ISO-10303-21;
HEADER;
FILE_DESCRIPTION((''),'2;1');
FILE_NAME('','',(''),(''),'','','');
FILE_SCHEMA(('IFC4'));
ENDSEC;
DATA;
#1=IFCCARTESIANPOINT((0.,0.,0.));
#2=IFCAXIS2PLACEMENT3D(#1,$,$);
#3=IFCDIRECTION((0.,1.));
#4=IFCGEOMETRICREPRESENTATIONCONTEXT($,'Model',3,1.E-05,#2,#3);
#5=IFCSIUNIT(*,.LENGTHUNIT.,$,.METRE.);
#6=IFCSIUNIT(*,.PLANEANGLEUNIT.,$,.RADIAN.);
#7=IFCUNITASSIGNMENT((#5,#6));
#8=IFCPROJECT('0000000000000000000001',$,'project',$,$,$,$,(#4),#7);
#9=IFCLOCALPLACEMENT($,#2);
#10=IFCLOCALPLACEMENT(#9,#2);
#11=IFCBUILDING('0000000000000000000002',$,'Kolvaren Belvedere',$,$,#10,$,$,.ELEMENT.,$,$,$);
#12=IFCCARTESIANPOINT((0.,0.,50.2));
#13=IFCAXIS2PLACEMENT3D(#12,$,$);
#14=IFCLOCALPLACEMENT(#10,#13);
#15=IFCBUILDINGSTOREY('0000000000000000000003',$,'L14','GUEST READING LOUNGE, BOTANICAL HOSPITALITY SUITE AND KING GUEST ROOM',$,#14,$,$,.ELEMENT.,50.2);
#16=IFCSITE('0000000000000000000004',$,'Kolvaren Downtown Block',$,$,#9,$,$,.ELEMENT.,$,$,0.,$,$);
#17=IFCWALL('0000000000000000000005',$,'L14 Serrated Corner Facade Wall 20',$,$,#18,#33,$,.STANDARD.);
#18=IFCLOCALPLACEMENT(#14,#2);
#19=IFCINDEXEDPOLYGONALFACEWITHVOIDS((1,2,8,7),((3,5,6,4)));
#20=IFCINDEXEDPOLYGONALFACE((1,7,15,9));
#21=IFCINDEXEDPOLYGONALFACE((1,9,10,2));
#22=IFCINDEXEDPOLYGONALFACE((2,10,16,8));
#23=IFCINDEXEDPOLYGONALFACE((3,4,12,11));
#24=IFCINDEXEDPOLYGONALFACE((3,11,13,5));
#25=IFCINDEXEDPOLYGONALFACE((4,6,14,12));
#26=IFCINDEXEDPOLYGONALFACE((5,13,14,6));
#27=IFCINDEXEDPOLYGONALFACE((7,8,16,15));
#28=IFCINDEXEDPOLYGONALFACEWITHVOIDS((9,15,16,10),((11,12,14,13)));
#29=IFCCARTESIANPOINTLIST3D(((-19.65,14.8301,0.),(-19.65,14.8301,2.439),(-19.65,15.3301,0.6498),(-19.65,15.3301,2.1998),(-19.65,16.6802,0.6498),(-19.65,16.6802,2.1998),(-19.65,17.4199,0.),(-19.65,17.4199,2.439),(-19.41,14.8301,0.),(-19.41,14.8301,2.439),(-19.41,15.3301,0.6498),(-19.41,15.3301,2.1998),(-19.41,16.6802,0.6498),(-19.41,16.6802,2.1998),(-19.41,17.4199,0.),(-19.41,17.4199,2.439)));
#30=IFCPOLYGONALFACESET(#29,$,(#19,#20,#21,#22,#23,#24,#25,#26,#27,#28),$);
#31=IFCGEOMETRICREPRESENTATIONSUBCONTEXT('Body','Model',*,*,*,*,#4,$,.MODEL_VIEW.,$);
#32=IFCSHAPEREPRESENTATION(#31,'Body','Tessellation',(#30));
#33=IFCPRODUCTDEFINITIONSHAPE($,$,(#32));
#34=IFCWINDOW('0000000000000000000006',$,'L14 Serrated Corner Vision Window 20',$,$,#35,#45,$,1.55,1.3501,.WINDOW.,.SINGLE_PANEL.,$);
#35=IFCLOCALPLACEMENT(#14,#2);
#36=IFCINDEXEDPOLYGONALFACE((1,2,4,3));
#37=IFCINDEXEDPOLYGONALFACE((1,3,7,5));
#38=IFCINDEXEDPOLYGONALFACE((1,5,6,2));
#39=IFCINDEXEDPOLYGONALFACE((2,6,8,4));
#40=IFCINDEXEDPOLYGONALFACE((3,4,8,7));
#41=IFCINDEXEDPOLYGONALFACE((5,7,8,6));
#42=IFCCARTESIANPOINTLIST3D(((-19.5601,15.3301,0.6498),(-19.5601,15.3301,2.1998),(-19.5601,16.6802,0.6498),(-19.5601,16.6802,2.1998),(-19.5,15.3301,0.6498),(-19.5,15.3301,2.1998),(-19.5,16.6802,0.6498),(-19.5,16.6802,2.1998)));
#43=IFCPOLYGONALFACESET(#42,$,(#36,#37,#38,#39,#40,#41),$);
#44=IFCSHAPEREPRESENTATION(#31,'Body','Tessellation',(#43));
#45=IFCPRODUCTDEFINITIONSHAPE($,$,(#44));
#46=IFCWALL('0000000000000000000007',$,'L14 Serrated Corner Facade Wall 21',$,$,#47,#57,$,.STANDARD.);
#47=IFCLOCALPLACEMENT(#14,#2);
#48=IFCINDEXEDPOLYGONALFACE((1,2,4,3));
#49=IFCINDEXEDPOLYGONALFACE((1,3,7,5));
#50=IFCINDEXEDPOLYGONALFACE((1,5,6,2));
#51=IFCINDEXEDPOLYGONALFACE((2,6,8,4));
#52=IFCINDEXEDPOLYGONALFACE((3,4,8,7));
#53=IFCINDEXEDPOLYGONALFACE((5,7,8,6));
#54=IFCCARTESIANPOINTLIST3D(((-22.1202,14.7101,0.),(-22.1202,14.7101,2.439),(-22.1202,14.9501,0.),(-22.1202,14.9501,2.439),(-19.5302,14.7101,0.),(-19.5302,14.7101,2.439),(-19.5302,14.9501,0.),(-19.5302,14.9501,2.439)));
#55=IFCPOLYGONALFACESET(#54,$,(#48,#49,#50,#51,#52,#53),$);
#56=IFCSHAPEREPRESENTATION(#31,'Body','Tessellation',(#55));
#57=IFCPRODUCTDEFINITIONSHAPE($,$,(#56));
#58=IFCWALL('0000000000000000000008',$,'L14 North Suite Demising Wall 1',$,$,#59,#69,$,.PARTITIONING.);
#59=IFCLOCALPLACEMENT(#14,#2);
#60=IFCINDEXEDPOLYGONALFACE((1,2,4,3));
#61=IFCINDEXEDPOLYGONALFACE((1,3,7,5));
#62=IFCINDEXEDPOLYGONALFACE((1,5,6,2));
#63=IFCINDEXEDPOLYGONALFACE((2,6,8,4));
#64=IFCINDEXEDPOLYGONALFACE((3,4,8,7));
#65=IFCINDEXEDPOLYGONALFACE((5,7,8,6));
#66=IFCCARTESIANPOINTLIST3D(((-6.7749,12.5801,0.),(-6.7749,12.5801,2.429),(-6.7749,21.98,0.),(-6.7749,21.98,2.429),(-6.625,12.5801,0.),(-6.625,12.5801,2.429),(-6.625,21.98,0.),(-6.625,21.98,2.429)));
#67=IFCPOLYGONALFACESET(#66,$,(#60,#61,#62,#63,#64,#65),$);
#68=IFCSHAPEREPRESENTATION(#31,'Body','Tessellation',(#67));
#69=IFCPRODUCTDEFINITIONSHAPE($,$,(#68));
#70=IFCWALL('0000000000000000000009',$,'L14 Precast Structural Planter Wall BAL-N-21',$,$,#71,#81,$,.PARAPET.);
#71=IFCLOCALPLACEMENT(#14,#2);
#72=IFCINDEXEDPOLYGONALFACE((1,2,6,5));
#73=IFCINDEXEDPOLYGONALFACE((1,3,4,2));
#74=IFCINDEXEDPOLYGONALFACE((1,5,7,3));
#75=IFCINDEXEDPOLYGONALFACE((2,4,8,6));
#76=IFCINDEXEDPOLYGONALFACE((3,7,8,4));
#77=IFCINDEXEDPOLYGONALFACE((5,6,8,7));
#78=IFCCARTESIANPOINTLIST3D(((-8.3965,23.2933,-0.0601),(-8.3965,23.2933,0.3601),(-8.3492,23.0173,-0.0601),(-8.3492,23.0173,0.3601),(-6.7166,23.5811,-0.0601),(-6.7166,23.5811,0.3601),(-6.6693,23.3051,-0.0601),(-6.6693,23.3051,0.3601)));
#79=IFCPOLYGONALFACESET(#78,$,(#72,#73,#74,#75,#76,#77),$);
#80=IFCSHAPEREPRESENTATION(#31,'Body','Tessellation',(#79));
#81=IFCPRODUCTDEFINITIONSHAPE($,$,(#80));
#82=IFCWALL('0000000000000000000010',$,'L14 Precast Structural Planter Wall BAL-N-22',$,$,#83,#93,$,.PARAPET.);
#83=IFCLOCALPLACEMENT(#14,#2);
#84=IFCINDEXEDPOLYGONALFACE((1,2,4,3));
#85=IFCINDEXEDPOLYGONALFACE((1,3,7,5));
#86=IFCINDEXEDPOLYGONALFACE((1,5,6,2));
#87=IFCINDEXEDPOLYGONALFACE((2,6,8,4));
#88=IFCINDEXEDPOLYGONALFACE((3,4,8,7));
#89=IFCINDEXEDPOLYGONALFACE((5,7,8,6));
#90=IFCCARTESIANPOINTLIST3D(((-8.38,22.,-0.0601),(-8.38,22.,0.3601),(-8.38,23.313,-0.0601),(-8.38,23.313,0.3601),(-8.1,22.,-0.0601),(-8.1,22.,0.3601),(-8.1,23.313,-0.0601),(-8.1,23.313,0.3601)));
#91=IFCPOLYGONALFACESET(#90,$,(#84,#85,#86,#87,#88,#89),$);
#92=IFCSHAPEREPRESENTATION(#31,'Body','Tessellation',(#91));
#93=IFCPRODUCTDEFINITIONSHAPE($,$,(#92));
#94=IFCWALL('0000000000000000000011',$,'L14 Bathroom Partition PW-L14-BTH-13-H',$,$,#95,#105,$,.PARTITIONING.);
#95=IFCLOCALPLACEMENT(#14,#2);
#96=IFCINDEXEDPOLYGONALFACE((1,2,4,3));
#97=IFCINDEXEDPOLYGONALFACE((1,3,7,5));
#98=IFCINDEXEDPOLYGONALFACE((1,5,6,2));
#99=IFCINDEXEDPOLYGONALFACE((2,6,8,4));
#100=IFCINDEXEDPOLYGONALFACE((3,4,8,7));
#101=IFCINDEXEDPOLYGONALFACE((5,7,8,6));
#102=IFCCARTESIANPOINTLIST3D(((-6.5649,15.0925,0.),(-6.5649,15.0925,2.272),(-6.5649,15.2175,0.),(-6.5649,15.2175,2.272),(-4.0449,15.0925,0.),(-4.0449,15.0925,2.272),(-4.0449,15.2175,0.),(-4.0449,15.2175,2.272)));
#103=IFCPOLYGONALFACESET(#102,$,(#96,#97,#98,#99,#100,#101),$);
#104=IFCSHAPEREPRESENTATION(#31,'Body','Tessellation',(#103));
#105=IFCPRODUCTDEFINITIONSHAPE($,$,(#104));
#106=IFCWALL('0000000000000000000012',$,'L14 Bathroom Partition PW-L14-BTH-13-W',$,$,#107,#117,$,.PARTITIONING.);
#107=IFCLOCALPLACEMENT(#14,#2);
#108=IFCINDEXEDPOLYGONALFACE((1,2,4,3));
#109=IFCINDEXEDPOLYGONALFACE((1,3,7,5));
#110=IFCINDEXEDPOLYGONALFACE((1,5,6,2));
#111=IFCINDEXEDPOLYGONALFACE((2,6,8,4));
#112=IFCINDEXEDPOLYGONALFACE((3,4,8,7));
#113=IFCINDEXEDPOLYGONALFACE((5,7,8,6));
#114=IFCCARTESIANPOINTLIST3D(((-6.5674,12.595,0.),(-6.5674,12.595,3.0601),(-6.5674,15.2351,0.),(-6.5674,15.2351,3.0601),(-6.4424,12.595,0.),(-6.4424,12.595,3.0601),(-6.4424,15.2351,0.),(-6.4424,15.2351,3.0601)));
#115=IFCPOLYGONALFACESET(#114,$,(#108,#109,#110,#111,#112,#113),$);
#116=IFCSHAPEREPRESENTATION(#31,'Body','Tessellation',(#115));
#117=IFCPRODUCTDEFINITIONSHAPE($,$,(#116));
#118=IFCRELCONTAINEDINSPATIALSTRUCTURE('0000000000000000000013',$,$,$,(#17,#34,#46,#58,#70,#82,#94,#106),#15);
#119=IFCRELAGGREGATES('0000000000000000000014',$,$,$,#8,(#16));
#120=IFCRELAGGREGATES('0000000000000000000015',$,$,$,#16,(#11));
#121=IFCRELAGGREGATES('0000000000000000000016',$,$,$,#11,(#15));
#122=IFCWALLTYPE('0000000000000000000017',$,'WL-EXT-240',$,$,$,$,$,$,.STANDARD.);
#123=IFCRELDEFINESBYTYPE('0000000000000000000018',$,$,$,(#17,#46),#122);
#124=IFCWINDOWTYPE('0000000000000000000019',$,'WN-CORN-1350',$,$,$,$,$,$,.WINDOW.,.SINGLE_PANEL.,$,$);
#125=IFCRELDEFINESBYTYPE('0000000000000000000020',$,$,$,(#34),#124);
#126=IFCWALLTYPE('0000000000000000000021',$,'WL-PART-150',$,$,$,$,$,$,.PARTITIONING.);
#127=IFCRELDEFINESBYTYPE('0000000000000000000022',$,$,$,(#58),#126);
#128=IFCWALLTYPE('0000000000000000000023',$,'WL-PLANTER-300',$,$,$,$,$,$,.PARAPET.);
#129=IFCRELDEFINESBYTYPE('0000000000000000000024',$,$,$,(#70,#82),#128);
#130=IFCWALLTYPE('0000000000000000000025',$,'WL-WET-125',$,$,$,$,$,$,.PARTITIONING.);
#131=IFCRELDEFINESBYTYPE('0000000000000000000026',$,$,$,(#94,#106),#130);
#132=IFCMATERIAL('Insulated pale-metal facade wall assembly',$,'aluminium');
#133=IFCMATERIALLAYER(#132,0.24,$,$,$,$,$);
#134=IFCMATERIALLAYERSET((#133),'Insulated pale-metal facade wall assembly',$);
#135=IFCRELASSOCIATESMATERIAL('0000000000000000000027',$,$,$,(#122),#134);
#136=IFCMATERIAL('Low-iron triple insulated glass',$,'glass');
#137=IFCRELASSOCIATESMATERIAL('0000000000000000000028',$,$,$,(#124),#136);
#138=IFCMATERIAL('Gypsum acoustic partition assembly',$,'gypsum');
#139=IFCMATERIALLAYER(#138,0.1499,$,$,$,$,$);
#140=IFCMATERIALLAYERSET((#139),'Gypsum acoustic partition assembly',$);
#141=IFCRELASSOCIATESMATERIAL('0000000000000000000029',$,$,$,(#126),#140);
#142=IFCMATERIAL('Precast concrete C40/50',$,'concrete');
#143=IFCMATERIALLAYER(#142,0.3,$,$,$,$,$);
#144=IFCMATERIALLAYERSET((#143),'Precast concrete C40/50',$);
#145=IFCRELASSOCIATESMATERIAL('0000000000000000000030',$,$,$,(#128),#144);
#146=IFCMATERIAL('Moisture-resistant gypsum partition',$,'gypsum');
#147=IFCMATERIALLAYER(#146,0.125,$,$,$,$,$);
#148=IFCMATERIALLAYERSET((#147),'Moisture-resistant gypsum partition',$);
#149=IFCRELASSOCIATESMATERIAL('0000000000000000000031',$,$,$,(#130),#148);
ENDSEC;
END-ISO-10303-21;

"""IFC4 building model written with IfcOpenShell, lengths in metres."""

from ifc_helpers import new_model, si_unit, direction, frame, frame_2d, origin, place, context, subcontext, project, spatial, rectangle, extrude, material, layer, layer_set, type_object, element, fill, save


model = new_model("IFC4")

# Units and contexts
model_context = context("Model", 3, precision=1e-05, world=origin(), true_north=direction((0.0, 1.0)))
body_context = subcontext(model_context, "Body", "Model", "MODEL_VIEW")
ifc_project = project(units=[si_unit("LENGTHUNIT", "METRE"), si_unit("PLANEANGLEUNIT", "RADIAN")], contexts=[model_context])

# Site, building, storey
site_placement = place(None, origin())
site = spatial("IfcSite", under=ifc_project, at=site_placement, Name="Kolvaren Downtown Block", CompositionType="ELEMENT", RefElevation=0.0)
building_placement = place(site_placement, origin())
building = spatial("IfcBuilding", under=site, at=building_placement, Name="Kolvaren Belvedere", CompositionType="ELEMENT")
storey_placement = place(building_placement, frame((0.0, 0.0, 50.2)))
storey = spatial("IfcBuildingStorey", under=building, at=storey_placement, Name="L14", Description="GUEST READING LOUNGE, BOTANICAL HOSPITALITY SUITE AND KING GUEST ROOM", CompositionType="ELEMENT", Elevation=50.2)

# Shared definitions
ifc_material_1 = material(Name="Insulated pale-metal facade wall assembly", Category="aluminium")
ifc_layer_1 = layer(ifc_material_1, 0.24)
ifc_layer_set_1 = layer_set([ifc_layer_1], Name="Insulated pale-metal facade wall assembly")
wall_type_1 = type_object("IfcWallType", Name="WL-EXT-240", PredefinedType="STANDARD", material=ifc_layer_set_1)

# Wall, opening, window
ifc_material_2 = material(Name="Low-iron triple insulated glass", Category="glass")
window_type = type_object("IfcWindowType", Name="WN-CORN-1350", PartitioningType="SINGLE_PANEL", PredefinedType="WINDOW", material=ifc_material_2)
wall_1_placement = place(storey_placement, frame((-19.53, 14.8301, 0.0), z_axis=(0.0, 0.0, 1.0), x_axis=(0.0, 1.0, 0.0)))
wall_1 = element("IfcWall", 1, at=wall_1_placement, inside=storey, type_object=wall_type_1, Name="L14 Serrated Corner Facade Wall 20", PredefinedType="STANDARD", context=body_context, shape_type="SweptSolid", body=[
    extrude(rectangle(XDim=2.5898, YDim=0.24, at=frame_2d((1.2949, 0.0))), origin(), (0.0, 0.0, 1.0), 2.439),
])
opening_1_placement = place(wall_1_placement, frame((0.5, 0.0, 0.6499)))
opening_1 = element("IfcOpeningElement", 2, at=opening_1_placement, cuts=wall_1, PredefinedType="OPENING", context=body_context, shape_type="SweptSolid", body=[
    extrude(rectangle(XDim=1.3501, YDim=1.55, at=frame_2d((0.675, 0.7749))), frame((0.0, 0.1299, 0.0), z_axis=(0.0, -1.0, 0.0), x_axis=(1.0, 0.0, 0.0)), (0.0, 0.0, 1.0), 0.26),
])
window_1_placement = place(opening_1_placement, origin())
window_1 = element("IfcWindow", 3, at=window_1_placement, inside=storey, type_object=window_type, Name="L14 Serrated Corner Vision Window 20", OverallHeight=1.55, OverallWidth=1.3501, PartitioningType="SINGLE_PANEL", PredefinedType="WINDOW", context=body_context, shape_type="SweptSolid", body=[
    extrude(rectangle(XDim=1.3501, YDim=1.55, at=frame_2d((0.675, 0.7749))), frame((0.0, 0.03, 0.0), z_axis=(0.0, -1.0, 0.0), x_axis=(1.0, 0.0, 0.0)), (0.0, 0.0, 1.0), 0.0601),
])
fill(opening_1, window_1)

# Walls
wall_2_placement = place(storey_placement, frame((-22.1201, 14.8301, 0.0), z_axis=(0.0, 0.0, 1.0), x_axis=(1.0, 0.0, 0.0)))
element("IfcWall", 4, at=wall_2_placement, inside=storey, type_object=wall_type_1, Name="L14 Serrated Corner Facade Wall 21", PredefinedType="STANDARD", context=body_context, shape_type="SweptSolid", body=[
    extrude(rectangle(XDim=2.5901, YDim=0.24, at=frame_2d((1.2949, 0.0))), origin(), (0.0, 0.0, 1.0), 2.439),
])
ifc_material_3 = material(Name="Gypsum acoustic partition assembly", Category="gypsum")
ifc_layer_2 = layer(ifc_material_3, 0.1499)
ifc_layer_set_2 = layer_set([ifc_layer_2], Name="Gypsum acoustic partition assembly")
wall_type_2 = type_object("IfcWallType", Name="WL-PART-150", PredefinedType="PARTITIONING", material=ifc_layer_set_2)
wall_3_placement = place(storey_placement, frame((-6.7, 12.5801, 0.0), z_axis=(0.0, 0.0, 1.0), x_axis=(0.0, 1.0, 0.0)))
element("IfcWall", 5, at=wall_3_placement, inside=storey, type_object=wall_type_2, Name="L14 North Suite Demising Wall 1", PredefinedType="PARTITIONING", context=body_context, shape_type="SweptSolid", body=[
    extrude(rectangle(XDim=9.3999, YDim=0.1499, at=frame_2d((4.7, 0.0))), origin(), (0.0, 0.0, 1.0), 2.429),
])
ifc_material_4 = material(Name="Precast concrete C40/50", Category="concrete")
ifc_layer_3 = layer(ifc_material_4, 0.3)
ifc_layer_set_3 = layer_set([ifc_layer_3], Name="Precast concrete C40/50")
wall_type_3 = type_object("IfcWallType", Name="WL-PLANTER-300", PredefinedType="PARAPET", material=ifc_layer_set_3)
wall_4_placement = place(storey_placement, frame((-6.6931, 23.4431, -0.0601), z_axis=(0.0, 0.0, 1.0), x_axis=(-0.985637, -0.16888, 0.0)))
element("IfcWall", 6, at=wall_4_placement, inside=storey, type_object=wall_type_3, Name="L14 Precast Structural Planter Wall BAL-N-21", PredefinedType="PARAPET", context=body_context, shape_type="SweptSolid", body=[
    extrude(rectangle(XDim=1.7043, YDim=0.28, at=frame_2d((0.8521, 0.0))), origin(), (0.0, 0.0, 1.0), 0.4202),
])
wall_5_placement = place(storey_placement, frame((-8.24, 23.313, -0.0601), z_axis=(0.0, 0.0, 1.0), x_axis=(0.0, -1.0, 0.0)))
element("IfcWall", 7, at=wall_5_placement, inside=storey, type_object=wall_type_3, Name="L14 Precast Structural Planter Wall BAL-N-22", PredefinedType="PARAPET", context=body_context, shape_type="SweptSolid", body=[
    extrude(rectangle(XDim=1.313, YDim=0.28, at=frame_2d((0.6565, 0.0))), origin(), (0.0, 0.0, 1.0), 0.4202),
])
ifc_material_5 = material(Name="Moisture-resistant gypsum partition", Category="gypsum")
ifc_layer_4 = layer(ifc_material_5, 0.125)
ifc_layer_set_4 = layer_set([ifc_layer_4], Name="Moisture-resistant gypsum partition")
wall_type_4 = type_object("IfcWallType", Name="WL-WET-125", PredefinedType="PARTITIONING", material=ifc_layer_set_4)
wall_6_placement = place(storey_placement, frame((-6.5649, 15.155, 0.0), z_axis=(0.0, 0.0, 1.0), x_axis=(1.0, 0.0, 0.0)))
element("IfcWall", 8, at=wall_6_placement, inside=storey, type_object=wall_type_4, Name="L14 Bathroom Partition PW-L14-BTH-13-H", PredefinedType="PARTITIONING", context=body_context, shape_type="SweptSolid", body=[
    extrude(rectangle(XDim=2.52, YDim=0.125, at=frame_2d((1.26, 0.0))), origin(), (0.0, 0.0, 1.0), 2.272),
])
wall_7_placement = place(storey_placement, frame((-6.5049, 12.595, 0.0), z_axis=(0.0, 0.0, 1.0), x_axis=(0.0, 1.0, 0.0)))
element("IfcWall", 9, at=wall_7_placement, inside=storey, type_object=wall_type_4, Name="L14 Bathroom Partition PW-L14-BTH-13-W", PredefinedType="PARTITIONING", context=body_context, shape_type="SweptSolid", body=[
    extrude(rectangle(XDim=2.6401, YDim=0.125, at=frame_2d((1.3201, 0.0))), origin(), (0.0, 0.0, 1.0), 3.0601),
])

save(model, "model.ifc")
